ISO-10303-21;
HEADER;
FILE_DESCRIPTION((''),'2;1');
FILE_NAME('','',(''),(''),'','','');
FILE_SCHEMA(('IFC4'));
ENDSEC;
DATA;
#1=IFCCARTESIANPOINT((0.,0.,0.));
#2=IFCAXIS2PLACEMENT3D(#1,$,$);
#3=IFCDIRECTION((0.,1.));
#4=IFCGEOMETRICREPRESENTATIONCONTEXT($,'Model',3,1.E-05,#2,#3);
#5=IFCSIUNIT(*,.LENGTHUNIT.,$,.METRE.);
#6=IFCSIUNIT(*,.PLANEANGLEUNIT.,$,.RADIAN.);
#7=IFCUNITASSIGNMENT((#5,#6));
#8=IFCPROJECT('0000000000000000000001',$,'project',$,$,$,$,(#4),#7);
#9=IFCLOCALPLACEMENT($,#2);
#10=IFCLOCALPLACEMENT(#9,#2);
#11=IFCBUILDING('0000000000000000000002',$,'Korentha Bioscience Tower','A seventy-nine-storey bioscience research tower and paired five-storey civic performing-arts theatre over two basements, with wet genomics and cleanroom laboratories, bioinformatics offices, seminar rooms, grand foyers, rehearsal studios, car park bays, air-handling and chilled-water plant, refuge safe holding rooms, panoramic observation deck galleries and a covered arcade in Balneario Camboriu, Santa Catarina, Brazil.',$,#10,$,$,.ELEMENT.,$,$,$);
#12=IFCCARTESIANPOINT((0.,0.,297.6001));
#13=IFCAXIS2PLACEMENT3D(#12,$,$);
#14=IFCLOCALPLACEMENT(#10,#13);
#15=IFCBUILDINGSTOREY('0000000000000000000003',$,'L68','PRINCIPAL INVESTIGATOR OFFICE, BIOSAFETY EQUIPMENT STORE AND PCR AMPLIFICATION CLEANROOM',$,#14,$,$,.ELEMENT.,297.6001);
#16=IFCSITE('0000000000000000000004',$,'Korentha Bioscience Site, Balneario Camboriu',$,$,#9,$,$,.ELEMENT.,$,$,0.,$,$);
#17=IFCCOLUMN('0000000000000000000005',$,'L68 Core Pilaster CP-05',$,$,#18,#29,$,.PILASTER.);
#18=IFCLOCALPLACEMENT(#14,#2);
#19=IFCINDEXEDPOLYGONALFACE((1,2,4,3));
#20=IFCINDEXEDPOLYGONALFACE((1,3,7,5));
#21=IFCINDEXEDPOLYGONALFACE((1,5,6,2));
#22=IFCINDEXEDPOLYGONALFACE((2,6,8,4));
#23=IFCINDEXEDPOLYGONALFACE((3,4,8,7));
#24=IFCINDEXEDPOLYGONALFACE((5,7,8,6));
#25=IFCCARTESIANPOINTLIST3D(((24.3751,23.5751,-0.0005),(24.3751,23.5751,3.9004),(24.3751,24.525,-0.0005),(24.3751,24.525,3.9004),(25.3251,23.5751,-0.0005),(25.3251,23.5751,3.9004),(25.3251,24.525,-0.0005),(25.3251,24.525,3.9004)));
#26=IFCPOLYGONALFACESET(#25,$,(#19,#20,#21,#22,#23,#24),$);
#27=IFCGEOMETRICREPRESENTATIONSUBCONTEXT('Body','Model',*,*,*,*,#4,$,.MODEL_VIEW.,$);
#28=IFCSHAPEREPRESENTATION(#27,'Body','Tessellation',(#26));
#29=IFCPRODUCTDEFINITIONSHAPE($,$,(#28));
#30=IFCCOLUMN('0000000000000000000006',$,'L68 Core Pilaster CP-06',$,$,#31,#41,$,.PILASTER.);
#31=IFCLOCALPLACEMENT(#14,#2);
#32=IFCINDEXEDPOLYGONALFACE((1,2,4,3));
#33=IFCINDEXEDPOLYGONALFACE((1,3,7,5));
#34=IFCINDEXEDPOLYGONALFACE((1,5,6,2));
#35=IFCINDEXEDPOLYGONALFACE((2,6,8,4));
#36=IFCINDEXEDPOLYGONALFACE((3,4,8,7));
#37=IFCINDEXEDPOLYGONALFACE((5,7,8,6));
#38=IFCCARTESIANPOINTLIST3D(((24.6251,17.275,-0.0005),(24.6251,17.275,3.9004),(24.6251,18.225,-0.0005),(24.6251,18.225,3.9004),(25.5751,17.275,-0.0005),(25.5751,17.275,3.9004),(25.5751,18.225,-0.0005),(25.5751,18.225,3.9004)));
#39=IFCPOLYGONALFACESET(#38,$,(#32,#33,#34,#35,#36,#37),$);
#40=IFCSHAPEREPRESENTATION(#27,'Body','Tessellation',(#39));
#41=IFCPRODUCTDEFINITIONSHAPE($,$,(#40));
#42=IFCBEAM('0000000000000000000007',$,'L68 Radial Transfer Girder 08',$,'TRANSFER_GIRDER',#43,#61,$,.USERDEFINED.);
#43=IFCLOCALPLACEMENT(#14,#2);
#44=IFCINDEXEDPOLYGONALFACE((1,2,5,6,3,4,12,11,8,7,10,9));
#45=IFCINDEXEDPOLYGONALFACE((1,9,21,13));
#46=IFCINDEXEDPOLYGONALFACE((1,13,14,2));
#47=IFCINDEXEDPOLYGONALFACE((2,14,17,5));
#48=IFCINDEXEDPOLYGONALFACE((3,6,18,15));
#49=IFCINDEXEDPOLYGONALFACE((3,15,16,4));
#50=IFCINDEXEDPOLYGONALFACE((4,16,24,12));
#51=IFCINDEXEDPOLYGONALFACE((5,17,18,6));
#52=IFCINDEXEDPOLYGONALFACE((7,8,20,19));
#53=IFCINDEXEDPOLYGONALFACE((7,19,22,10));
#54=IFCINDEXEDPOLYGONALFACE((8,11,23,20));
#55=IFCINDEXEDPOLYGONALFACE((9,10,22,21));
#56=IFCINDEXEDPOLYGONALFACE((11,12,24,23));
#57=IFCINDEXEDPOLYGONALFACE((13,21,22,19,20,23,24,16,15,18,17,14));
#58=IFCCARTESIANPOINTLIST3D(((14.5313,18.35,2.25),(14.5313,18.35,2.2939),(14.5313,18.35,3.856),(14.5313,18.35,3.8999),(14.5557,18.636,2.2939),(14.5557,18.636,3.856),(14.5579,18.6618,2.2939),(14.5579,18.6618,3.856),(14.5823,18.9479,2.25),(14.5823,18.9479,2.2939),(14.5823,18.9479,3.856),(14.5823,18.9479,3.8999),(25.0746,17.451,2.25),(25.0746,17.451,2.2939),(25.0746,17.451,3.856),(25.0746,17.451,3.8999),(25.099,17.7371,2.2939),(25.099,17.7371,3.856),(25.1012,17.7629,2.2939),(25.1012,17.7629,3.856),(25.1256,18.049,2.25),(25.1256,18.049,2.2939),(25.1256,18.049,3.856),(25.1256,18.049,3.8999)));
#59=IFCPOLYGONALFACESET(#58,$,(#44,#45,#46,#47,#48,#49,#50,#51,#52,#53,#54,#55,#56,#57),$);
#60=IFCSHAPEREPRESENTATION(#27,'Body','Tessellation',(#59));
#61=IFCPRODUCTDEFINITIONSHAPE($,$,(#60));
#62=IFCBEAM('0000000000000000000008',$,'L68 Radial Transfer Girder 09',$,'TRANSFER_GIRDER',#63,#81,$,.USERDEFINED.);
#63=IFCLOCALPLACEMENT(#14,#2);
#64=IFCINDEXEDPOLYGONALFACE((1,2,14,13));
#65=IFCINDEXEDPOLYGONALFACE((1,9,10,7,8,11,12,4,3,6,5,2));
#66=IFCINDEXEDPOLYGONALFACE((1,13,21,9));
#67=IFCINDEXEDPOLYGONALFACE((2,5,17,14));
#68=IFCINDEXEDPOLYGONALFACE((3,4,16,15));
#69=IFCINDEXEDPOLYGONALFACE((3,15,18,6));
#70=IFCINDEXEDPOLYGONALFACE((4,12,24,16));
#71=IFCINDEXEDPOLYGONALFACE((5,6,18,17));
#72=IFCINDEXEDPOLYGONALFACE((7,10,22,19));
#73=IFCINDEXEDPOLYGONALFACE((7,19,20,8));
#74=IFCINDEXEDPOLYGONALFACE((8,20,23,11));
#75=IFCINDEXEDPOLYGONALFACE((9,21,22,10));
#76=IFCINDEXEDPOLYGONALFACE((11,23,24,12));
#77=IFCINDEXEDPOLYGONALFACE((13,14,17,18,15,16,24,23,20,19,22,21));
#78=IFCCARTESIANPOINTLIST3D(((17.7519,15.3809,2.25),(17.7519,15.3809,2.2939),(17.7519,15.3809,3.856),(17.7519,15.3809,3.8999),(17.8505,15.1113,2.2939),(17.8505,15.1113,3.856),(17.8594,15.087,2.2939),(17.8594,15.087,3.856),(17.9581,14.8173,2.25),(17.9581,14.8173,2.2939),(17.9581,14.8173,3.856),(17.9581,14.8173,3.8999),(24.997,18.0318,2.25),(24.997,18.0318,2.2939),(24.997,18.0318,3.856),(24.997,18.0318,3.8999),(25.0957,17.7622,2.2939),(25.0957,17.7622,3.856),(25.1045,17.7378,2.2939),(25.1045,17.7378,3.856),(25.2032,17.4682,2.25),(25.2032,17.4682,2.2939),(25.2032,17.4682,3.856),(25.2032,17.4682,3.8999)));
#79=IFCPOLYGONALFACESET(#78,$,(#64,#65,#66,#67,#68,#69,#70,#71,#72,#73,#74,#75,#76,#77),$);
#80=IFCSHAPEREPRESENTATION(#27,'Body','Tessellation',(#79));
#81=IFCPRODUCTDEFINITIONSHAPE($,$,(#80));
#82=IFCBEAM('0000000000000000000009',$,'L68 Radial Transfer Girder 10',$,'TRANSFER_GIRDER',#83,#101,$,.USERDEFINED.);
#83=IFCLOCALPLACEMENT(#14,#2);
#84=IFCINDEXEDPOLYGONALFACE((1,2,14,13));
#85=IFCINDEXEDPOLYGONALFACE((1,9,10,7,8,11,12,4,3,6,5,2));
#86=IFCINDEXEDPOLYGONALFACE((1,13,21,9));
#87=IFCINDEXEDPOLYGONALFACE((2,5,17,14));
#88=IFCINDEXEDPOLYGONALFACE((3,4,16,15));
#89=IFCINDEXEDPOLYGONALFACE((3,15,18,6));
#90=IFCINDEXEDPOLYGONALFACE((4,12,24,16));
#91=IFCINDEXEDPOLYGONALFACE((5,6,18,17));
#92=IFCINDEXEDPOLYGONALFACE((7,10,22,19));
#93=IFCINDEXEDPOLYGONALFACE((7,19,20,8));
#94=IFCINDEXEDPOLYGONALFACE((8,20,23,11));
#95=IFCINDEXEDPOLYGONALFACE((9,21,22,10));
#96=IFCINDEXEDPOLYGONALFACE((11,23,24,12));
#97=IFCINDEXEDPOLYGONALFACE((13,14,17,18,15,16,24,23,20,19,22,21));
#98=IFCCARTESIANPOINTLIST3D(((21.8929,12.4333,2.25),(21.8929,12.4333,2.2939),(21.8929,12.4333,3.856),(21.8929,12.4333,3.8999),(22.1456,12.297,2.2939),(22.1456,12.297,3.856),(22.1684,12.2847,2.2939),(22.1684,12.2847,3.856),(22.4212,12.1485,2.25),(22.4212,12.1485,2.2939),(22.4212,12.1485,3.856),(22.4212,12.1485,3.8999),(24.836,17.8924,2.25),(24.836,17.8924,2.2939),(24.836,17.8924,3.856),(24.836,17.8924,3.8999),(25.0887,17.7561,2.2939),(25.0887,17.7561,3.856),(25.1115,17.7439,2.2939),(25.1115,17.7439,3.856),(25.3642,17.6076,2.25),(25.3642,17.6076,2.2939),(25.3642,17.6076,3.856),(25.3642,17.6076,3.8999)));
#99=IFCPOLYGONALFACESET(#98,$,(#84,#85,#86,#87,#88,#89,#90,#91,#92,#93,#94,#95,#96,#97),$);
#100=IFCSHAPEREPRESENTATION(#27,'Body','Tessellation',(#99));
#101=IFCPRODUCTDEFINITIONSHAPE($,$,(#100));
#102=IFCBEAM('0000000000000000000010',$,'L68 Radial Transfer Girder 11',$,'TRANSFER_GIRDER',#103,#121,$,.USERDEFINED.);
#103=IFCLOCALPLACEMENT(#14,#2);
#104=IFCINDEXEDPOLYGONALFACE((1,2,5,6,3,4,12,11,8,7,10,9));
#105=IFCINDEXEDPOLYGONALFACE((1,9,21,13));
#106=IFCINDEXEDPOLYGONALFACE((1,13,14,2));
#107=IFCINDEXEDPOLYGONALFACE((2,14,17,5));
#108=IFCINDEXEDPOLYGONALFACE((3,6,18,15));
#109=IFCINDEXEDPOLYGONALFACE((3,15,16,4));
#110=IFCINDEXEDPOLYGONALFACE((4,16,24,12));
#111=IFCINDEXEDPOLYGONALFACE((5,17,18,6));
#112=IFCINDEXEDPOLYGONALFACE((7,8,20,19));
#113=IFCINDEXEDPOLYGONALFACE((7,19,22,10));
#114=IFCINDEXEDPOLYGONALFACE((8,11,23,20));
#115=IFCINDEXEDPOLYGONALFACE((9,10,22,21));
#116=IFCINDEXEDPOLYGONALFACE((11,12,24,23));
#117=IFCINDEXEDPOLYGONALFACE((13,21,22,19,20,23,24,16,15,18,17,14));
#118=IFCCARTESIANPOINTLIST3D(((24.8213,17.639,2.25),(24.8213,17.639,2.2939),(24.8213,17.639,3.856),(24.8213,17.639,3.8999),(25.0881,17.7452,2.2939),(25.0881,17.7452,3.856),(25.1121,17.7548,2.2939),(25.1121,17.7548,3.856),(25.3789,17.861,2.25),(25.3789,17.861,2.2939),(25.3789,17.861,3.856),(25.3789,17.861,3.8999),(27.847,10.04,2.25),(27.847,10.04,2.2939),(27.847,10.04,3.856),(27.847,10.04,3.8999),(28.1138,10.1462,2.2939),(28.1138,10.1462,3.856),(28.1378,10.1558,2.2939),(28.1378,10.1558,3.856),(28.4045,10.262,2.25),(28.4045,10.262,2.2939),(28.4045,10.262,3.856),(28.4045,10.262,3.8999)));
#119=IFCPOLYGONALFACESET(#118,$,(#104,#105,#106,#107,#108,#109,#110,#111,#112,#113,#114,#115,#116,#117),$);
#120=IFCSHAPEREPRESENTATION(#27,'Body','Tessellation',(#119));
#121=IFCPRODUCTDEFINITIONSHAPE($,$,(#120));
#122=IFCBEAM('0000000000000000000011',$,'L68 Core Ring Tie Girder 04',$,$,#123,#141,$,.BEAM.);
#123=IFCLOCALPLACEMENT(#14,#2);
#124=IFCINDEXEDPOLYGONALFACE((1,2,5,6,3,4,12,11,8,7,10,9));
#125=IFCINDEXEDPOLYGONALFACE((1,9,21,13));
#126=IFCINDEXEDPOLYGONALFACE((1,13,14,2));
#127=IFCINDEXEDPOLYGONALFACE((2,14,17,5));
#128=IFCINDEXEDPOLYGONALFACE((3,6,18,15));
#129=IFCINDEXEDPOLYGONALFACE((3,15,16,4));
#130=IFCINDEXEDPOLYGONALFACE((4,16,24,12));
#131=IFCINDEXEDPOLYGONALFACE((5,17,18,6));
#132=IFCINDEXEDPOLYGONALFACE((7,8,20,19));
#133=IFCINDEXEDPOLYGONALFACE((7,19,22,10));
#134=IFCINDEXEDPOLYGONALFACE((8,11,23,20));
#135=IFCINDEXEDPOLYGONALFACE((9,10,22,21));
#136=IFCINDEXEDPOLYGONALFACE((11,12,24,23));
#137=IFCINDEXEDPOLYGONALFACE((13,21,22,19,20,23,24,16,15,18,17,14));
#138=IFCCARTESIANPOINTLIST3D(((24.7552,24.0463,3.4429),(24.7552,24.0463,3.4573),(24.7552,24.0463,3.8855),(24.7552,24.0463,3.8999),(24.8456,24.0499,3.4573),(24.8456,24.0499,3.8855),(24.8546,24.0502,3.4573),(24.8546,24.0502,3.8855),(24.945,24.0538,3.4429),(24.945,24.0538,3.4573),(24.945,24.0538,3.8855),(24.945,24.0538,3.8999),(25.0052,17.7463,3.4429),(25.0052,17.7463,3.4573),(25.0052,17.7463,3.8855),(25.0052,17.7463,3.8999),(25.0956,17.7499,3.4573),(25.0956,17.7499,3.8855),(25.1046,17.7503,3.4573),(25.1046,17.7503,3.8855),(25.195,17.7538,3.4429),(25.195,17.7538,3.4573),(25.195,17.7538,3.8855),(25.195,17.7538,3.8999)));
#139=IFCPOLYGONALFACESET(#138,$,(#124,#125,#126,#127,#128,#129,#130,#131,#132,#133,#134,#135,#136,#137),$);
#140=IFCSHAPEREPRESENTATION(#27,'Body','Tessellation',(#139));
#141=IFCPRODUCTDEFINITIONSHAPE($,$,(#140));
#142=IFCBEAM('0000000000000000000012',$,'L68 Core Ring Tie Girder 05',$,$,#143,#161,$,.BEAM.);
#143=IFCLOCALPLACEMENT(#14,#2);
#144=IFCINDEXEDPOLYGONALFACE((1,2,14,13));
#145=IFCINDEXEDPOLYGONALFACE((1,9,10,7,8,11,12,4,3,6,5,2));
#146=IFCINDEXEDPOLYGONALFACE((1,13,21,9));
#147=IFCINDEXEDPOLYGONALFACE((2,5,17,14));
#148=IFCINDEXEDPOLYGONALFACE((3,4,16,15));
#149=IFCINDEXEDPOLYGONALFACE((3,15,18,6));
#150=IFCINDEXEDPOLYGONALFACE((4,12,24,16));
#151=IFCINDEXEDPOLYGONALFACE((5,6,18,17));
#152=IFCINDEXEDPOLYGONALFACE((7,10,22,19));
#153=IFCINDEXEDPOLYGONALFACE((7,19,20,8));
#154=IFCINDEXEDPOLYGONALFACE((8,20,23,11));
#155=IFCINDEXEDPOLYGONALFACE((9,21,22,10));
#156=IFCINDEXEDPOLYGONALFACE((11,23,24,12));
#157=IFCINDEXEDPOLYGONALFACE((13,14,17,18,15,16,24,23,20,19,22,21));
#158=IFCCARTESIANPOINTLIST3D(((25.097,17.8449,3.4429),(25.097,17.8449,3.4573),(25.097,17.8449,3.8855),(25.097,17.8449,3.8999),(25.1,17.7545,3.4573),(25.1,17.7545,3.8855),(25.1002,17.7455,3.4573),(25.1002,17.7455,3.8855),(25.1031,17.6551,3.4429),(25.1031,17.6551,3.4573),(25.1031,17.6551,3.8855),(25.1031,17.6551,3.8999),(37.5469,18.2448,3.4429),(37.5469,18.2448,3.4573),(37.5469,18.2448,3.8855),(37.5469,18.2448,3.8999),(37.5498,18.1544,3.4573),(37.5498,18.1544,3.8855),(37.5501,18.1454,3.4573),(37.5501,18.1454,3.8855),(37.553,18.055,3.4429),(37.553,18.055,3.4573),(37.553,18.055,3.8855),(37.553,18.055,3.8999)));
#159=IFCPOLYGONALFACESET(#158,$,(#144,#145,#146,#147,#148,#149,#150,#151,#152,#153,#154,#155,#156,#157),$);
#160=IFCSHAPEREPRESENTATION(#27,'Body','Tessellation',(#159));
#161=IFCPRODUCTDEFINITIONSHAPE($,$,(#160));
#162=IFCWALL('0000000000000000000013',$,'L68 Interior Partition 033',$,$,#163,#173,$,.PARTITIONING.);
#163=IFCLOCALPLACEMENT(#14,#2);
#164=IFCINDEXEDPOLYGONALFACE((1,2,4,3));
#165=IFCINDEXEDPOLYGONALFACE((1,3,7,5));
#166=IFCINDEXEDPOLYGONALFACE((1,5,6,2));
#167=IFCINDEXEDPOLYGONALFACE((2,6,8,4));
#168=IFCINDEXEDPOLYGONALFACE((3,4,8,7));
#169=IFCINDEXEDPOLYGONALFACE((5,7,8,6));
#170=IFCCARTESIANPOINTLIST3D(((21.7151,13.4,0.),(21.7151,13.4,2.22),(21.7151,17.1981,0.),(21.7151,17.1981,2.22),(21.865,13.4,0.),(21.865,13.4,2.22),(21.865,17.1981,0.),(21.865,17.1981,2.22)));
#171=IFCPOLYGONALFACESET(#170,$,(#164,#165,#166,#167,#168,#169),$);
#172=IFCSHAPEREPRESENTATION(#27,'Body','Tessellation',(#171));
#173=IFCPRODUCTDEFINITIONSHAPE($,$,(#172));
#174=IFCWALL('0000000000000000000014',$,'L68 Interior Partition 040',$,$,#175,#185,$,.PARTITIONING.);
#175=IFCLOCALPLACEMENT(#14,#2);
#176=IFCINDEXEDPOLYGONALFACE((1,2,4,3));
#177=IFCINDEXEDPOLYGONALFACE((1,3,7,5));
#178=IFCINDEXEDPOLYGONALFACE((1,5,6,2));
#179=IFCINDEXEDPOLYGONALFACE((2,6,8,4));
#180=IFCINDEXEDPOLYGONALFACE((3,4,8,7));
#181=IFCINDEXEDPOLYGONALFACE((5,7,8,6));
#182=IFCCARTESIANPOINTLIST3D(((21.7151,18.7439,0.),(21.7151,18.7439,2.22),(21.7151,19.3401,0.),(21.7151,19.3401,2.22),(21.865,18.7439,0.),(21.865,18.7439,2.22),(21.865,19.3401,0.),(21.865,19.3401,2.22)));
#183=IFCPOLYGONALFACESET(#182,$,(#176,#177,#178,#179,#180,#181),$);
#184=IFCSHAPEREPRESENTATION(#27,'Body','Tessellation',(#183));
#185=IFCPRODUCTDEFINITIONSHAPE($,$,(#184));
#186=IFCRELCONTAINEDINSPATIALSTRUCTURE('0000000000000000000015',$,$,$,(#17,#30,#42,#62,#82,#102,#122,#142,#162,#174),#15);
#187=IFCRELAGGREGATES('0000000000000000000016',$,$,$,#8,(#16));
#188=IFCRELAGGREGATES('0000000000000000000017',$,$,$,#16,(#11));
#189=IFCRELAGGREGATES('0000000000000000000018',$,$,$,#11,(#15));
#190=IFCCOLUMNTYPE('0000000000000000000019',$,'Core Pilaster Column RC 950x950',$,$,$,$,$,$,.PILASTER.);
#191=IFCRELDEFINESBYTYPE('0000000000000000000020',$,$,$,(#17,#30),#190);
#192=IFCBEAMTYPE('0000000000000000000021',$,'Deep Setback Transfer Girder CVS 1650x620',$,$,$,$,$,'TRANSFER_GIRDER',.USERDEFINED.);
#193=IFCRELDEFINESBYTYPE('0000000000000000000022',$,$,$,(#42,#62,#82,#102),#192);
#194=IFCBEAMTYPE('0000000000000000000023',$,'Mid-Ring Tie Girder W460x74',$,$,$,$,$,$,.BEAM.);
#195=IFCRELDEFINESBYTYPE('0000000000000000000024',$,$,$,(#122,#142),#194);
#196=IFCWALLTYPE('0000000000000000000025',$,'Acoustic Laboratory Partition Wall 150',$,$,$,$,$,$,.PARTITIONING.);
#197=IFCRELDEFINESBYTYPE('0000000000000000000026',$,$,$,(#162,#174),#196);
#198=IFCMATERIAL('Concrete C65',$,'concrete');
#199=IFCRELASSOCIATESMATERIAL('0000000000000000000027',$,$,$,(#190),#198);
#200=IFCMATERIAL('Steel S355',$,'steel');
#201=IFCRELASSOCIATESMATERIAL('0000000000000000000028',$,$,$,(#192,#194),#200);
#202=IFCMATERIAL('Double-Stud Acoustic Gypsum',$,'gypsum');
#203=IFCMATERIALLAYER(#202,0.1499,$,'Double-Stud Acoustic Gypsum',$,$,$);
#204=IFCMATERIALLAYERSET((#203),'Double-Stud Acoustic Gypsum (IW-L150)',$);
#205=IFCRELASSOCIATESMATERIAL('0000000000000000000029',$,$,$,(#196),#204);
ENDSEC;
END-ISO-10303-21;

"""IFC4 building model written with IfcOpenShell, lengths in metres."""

from ifc_helpers import new_model, si_unit, direction, frame, frame_2d, origin, origin_2d, place, context, subcontext, project, spatial, rectangle, i_section, extrude, material, layer, layer_set, material_profile, profile_set, type_object, element, save


model = new_model("IFC4")

# Units and contexts
model_context = context("Model", 3, precision=1e-05, world=origin(), true_north=direction((0.0, 1.0)))
body_context = subcontext(model_context, "Body", "Model", "MODEL_VIEW")
ifc_project = project(units=[si_unit("LENGTHUNIT", "METRE"), si_unit("PLANEANGLEUNIT", "RADIAN")], contexts=[model_context])

# Site, building, storey
site_placement = place(None, origin())
site = spatial("IfcSite", under=ifc_project, at=site_placement, Name="Korentha Bioscience Site, Balneario Camboriu", CompositionType="ELEMENT", RefElevation=0.0)
building_placement = place(site_placement, origin())
building = spatial("IfcBuilding", under=site, at=building_placement, Name="Korentha Bioscience Tower", Description="A seventy-nine-storey bioscience research tower and paired five-storey civic performing-arts theatre over two basements, with wet genomics and cleanroom laboratories, bioinformatics offices, seminar rooms, grand foyers, rehearsal studios, car park bays, air-handling and chilled-water plant, refuge safe holding rooms, panoramic observation deck galleries and a covered arcade in Balneario Camboriu, Santa Catarina, Brazil.", CompositionType="ELEMENT")
storey_placement = place(building_placement, frame((0.0, 0.0, 297.6001)))
storey = spatial("IfcBuildingStorey", under=building, at=storey_placement, Name="L68", Description="PRINCIPAL INVESTIGATOR OFFICE, BIOSAFETY EQUIPMENT STORE AND PCR AMPLIFICATION CLEANROOM", CompositionType="ELEMENT", Elevation=297.6001)

# Columns
ifc_material_1 = material(Name="Concrete C65", Category="concrete")
ifc_material_profile_1 = material_profile(ifc_material_1, rectangle(XDim=0.95, YDim=0.95, at=origin_2d()), Name="Concrete C65")
ifc_profile_set_1 = profile_set([ifc_material_profile_1], Name="Concrete C65 (COL-CP09)")
column_type = type_object("IfcColumnType", Name="Core Pilaster Column RC 950x950", PredefinedType="PILASTER", material=ifc_profile_set_1)
for number, where, z_axis, x_axis, name in (
    (1, (24.8501, 24.05, -0.0005), (0.0, 0.0, 1.0), (1.0, 0.0, 0.0), "L68 Core Pilaster CP-05"),
    (2, (25.1001, 17.75, -0.0005), (0.0, 0.0, 1.0), (1.0, 0.0, 0.0), "L68 Core Pilaster CP-06"),
):
    element("IfcColumn", number, at=place(storey_placement, frame(where, z_axis=z_axis, x_axis=x_axis)), inside=storey, type_object=column_type, Name=name, PredefinedType="PILASTER", context=body_context, shape_type="SweptSolid", body=[
        extrude(rectangle(XDim=0.95, YDim=0.95, at=origin_2d()), origin(), (0.0, 0.0, 1.0), 3.9009),
    ])

# Beams
ifc_material_2 = material(Name="Steel S355", Category="steel")
ifc_material_profile_2 = material_profile(ifc_material_2, i_section(OverallWidth=0.6001, OverallDepth=1.6499, WebThickness=0.0259, FlangeThickness=0.0439, at=origin_2d()), Name="Steel S355")
ifc_profile_set_2 = profile_set([ifc_material_profile_2], Name="Steel S355 (TG-04)")
beam_type_1 = type_object("IfcBeamType", Name="Deep Setback Transfer Girder CVS 1650x620", ElementType="TRANSFER_GIRDER", PredefinedType="USERDEFINED", material=ifc_profile_set_2)
beam_1_placement = place(storey_placement, frame((25.1001, 17.75, 3.075), z_axis=(-0.996385, 0.084953, 0.0), x_axis=(-0.084953, -0.996385, 0.0)))
element("IfcBeam", 3, at=beam_1_placement, inside=storey, type_object=beam_type_1, Name="L68 Radial Transfer Girder 08", ObjectType="TRANSFER_GIRDER", PredefinedType="USERDEFINED", context=body_context, shape_type="SweptSolid", body=[
    extrude(i_section(OverallWidth=0.6001, OverallDepth=1.6499, WebThickness=0.0259, FlangeThickness=0.0439, at=origin_2d()), origin(), (0.0, 0.0, 1.0), 10.5815),
])
beam_2_placement = place(storey_placement, frame((25.1001, 17.75, 3.075), z_axis=(-0.939113, -0.343607, 0.0), x_axis=(0.343607, -0.939113, 0.0)))
element("IfcBeam", 4, at=beam_2_placement, inside=storey, type_object=beam_type_1, Name="L68 Radial Transfer Girder 09", ObjectType="TRANSFER_GIRDER", PredefinedType="USERDEFINED", context=body_context, shape_type="SweptSolid", body=[
    extrude(i_section(OverallWidth=0.6001, OverallDepth=1.6499, WebThickness=0.0259, FlangeThickness=0.0439, at=origin_2d()), origin(), (0.0, 0.0, 1.0), 7.7148),
])
beam_3_placement = place(storey_placement, frame((25.1001, 17.75, 3.075), z_axis=(-0.474541, -0.880233, 0.0), x_axis=(0.880233, -0.474541, 0.0)))
element("IfcBeam", 5, at=beam_3_placement, inside=storey, type_object=beam_type_1, Name="L68 Radial Transfer Girder 10", ObjectType="TRANSFER_GIRDER", PredefinedType="USERDEFINED", context=body_context, shape_type="SweptSolid", body=[
    extrude(i_section(OverallWidth=0.6001, OverallDepth=1.6499, WebThickness=0.0259, FlangeThickness=0.0439, at=origin_2d()), origin(), (0.0, 0.0, 1.0), 6.2019),
])
beam_4_placement = place(storey_placement, frame((25.1001, 17.75, 3.075), z_axis=(0.369923, -0.929062, 0.0), x_axis=(0.929062, 0.369923, 0.0)))
element("IfcBeam", 6, at=beam_4_placement, inside=storey, type_object=beam_type_1, Name="L68 Radial Transfer Girder 11", ObjectType="TRANSFER_GIRDER", PredefinedType="USERDEFINED", context=body_context, shape_type="SweptSolid", body=[
    extrude(i_section(OverallWidth=0.6001, OverallDepth=1.6499, WebThickness=0.0259, FlangeThickness=0.0439, at=origin_2d()), origin(), (0.0, 0.0, 1.0), 8.1792),
])
ifc_material_profile_3 = material_profile(ifc_material_2, i_section(OverallWidth=0.1899, OverallDepth=0.457, WebThickness=0.009, FlangeThickness=0.0144, at=origin_2d()), Name="Steel S355")
ifc_profile_set_3 = profile_set([ifc_material_profile_3], Name="Steel S355 (MB-460)")
beam_type_2 = type_object("IfcBeamType", Name="Mid-Ring Tie Girder W460x74", PredefinedType="BEAM", material=ifc_profile_set_3)
beam_5_placement = place(storey_placement, frame((24.8501, 24.05, 3.6714), z_axis=(0.039651, -0.999214, 0.0), x_axis=(0.999214, 0.039651, 0.0)))
element("IfcBeam", 7, at=beam_5_placement, inside=storey, type_object=beam_type_2, Name="L68 Core Ring Tie Girder 04", PredefinedType="BEAM", context=body_context, shape_type="SweptSolid", body=[
    extrude(i_section(OverallWidth=0.1899, OverallDepth=0.457, WebThickness=0.009, FlangeThickness=0.0144, at=origin_2d()), origin(), (0.0, 0.0, 1.0), 6.3049),
])
beam_6_placement = place(storey_placement, frame((25.1001, 17.75, 3.6714), z_axis=(0.999485, 0.032104, 0.0), x_axis=(-0.032104, 0.999485, 0.0)))
element("IfcBeam", 8, at=beam_6_placement, inside=storey, type_object=beam_type_2, Name="L68 Core Ring Tie Girder 05", PredefinedType="BEAM", context=body_context, shape_type="SweptSolid", body=[
    extrude(i_section(OverallWidth=0.1899, OverallDepth=0.457, WebThickness=0.009, FlangeThickness=0.0144, at=origin_2d()), origin(), (0.0, 0.0, 1.0), 12.4563),
])

# Shared definitions
ifc_material_3 = material(Name="Double-Stud Acoustic Gypsum", Category="gypsum")
ifc_layer_1 = layer(ifc_material_3, 0.1499, Name="Double-Stud Acoustic Gypsum")
ifc_layer_set_1 = layer_set([ifc_layer_1], Name="Double-Stud Acoustic Gypsum (IW-L150)")
wall_type_1 = type_object("IfcWallType", Name="Acoustic Laboratory Partition Wall 150", PredefinedType="PARTITIONING", material=ifc_layer_set_1)

# Walls
wall_1_placement = place(storey_placement, frame((21.79, 17.198, 0.0), z_axis=(0.0, 0.0, 1.0), x_axis=(0.0, -1.0, 0.0)))
element("IfcWall", 9, at=wall_1_placement, inside=storey, type_object=wall_type_1, Name="L68 Interior Partition 033", PredefinedType="PARTITIONING", context=body_context, shape_type="SweptSolid", body=[
    extrude(rectangle(XDim=3.7981, YDim=0.1499, at=frame_2d((1.8989, 0.0))), origin(), (0.0, 0.0, 1.0), 2.22),
])
wall_2_placement = place(storey_placement, frame((21.79, 19.3401, 0.0), z_axis=(0.0, 0.0, 1.0), x_axis=(0.0, -1.0, 0.0)))
element("IfcWall", 10, at=wall_2_placement, inside=storey, type_object=wall_type_1, Name="L68 Interior Partition 040", PredefinedType="PARTITIONING", context=body_context, shape_type="SweptSolid", body=[
    extrude(rectangle(XDim=0.5962, YDim=0.1499, at=frame_2d((0.2981, 0.0))), origin(), (0.0, 0.0, 1.0), 2.22),
])

save(model, "model.ifc")
